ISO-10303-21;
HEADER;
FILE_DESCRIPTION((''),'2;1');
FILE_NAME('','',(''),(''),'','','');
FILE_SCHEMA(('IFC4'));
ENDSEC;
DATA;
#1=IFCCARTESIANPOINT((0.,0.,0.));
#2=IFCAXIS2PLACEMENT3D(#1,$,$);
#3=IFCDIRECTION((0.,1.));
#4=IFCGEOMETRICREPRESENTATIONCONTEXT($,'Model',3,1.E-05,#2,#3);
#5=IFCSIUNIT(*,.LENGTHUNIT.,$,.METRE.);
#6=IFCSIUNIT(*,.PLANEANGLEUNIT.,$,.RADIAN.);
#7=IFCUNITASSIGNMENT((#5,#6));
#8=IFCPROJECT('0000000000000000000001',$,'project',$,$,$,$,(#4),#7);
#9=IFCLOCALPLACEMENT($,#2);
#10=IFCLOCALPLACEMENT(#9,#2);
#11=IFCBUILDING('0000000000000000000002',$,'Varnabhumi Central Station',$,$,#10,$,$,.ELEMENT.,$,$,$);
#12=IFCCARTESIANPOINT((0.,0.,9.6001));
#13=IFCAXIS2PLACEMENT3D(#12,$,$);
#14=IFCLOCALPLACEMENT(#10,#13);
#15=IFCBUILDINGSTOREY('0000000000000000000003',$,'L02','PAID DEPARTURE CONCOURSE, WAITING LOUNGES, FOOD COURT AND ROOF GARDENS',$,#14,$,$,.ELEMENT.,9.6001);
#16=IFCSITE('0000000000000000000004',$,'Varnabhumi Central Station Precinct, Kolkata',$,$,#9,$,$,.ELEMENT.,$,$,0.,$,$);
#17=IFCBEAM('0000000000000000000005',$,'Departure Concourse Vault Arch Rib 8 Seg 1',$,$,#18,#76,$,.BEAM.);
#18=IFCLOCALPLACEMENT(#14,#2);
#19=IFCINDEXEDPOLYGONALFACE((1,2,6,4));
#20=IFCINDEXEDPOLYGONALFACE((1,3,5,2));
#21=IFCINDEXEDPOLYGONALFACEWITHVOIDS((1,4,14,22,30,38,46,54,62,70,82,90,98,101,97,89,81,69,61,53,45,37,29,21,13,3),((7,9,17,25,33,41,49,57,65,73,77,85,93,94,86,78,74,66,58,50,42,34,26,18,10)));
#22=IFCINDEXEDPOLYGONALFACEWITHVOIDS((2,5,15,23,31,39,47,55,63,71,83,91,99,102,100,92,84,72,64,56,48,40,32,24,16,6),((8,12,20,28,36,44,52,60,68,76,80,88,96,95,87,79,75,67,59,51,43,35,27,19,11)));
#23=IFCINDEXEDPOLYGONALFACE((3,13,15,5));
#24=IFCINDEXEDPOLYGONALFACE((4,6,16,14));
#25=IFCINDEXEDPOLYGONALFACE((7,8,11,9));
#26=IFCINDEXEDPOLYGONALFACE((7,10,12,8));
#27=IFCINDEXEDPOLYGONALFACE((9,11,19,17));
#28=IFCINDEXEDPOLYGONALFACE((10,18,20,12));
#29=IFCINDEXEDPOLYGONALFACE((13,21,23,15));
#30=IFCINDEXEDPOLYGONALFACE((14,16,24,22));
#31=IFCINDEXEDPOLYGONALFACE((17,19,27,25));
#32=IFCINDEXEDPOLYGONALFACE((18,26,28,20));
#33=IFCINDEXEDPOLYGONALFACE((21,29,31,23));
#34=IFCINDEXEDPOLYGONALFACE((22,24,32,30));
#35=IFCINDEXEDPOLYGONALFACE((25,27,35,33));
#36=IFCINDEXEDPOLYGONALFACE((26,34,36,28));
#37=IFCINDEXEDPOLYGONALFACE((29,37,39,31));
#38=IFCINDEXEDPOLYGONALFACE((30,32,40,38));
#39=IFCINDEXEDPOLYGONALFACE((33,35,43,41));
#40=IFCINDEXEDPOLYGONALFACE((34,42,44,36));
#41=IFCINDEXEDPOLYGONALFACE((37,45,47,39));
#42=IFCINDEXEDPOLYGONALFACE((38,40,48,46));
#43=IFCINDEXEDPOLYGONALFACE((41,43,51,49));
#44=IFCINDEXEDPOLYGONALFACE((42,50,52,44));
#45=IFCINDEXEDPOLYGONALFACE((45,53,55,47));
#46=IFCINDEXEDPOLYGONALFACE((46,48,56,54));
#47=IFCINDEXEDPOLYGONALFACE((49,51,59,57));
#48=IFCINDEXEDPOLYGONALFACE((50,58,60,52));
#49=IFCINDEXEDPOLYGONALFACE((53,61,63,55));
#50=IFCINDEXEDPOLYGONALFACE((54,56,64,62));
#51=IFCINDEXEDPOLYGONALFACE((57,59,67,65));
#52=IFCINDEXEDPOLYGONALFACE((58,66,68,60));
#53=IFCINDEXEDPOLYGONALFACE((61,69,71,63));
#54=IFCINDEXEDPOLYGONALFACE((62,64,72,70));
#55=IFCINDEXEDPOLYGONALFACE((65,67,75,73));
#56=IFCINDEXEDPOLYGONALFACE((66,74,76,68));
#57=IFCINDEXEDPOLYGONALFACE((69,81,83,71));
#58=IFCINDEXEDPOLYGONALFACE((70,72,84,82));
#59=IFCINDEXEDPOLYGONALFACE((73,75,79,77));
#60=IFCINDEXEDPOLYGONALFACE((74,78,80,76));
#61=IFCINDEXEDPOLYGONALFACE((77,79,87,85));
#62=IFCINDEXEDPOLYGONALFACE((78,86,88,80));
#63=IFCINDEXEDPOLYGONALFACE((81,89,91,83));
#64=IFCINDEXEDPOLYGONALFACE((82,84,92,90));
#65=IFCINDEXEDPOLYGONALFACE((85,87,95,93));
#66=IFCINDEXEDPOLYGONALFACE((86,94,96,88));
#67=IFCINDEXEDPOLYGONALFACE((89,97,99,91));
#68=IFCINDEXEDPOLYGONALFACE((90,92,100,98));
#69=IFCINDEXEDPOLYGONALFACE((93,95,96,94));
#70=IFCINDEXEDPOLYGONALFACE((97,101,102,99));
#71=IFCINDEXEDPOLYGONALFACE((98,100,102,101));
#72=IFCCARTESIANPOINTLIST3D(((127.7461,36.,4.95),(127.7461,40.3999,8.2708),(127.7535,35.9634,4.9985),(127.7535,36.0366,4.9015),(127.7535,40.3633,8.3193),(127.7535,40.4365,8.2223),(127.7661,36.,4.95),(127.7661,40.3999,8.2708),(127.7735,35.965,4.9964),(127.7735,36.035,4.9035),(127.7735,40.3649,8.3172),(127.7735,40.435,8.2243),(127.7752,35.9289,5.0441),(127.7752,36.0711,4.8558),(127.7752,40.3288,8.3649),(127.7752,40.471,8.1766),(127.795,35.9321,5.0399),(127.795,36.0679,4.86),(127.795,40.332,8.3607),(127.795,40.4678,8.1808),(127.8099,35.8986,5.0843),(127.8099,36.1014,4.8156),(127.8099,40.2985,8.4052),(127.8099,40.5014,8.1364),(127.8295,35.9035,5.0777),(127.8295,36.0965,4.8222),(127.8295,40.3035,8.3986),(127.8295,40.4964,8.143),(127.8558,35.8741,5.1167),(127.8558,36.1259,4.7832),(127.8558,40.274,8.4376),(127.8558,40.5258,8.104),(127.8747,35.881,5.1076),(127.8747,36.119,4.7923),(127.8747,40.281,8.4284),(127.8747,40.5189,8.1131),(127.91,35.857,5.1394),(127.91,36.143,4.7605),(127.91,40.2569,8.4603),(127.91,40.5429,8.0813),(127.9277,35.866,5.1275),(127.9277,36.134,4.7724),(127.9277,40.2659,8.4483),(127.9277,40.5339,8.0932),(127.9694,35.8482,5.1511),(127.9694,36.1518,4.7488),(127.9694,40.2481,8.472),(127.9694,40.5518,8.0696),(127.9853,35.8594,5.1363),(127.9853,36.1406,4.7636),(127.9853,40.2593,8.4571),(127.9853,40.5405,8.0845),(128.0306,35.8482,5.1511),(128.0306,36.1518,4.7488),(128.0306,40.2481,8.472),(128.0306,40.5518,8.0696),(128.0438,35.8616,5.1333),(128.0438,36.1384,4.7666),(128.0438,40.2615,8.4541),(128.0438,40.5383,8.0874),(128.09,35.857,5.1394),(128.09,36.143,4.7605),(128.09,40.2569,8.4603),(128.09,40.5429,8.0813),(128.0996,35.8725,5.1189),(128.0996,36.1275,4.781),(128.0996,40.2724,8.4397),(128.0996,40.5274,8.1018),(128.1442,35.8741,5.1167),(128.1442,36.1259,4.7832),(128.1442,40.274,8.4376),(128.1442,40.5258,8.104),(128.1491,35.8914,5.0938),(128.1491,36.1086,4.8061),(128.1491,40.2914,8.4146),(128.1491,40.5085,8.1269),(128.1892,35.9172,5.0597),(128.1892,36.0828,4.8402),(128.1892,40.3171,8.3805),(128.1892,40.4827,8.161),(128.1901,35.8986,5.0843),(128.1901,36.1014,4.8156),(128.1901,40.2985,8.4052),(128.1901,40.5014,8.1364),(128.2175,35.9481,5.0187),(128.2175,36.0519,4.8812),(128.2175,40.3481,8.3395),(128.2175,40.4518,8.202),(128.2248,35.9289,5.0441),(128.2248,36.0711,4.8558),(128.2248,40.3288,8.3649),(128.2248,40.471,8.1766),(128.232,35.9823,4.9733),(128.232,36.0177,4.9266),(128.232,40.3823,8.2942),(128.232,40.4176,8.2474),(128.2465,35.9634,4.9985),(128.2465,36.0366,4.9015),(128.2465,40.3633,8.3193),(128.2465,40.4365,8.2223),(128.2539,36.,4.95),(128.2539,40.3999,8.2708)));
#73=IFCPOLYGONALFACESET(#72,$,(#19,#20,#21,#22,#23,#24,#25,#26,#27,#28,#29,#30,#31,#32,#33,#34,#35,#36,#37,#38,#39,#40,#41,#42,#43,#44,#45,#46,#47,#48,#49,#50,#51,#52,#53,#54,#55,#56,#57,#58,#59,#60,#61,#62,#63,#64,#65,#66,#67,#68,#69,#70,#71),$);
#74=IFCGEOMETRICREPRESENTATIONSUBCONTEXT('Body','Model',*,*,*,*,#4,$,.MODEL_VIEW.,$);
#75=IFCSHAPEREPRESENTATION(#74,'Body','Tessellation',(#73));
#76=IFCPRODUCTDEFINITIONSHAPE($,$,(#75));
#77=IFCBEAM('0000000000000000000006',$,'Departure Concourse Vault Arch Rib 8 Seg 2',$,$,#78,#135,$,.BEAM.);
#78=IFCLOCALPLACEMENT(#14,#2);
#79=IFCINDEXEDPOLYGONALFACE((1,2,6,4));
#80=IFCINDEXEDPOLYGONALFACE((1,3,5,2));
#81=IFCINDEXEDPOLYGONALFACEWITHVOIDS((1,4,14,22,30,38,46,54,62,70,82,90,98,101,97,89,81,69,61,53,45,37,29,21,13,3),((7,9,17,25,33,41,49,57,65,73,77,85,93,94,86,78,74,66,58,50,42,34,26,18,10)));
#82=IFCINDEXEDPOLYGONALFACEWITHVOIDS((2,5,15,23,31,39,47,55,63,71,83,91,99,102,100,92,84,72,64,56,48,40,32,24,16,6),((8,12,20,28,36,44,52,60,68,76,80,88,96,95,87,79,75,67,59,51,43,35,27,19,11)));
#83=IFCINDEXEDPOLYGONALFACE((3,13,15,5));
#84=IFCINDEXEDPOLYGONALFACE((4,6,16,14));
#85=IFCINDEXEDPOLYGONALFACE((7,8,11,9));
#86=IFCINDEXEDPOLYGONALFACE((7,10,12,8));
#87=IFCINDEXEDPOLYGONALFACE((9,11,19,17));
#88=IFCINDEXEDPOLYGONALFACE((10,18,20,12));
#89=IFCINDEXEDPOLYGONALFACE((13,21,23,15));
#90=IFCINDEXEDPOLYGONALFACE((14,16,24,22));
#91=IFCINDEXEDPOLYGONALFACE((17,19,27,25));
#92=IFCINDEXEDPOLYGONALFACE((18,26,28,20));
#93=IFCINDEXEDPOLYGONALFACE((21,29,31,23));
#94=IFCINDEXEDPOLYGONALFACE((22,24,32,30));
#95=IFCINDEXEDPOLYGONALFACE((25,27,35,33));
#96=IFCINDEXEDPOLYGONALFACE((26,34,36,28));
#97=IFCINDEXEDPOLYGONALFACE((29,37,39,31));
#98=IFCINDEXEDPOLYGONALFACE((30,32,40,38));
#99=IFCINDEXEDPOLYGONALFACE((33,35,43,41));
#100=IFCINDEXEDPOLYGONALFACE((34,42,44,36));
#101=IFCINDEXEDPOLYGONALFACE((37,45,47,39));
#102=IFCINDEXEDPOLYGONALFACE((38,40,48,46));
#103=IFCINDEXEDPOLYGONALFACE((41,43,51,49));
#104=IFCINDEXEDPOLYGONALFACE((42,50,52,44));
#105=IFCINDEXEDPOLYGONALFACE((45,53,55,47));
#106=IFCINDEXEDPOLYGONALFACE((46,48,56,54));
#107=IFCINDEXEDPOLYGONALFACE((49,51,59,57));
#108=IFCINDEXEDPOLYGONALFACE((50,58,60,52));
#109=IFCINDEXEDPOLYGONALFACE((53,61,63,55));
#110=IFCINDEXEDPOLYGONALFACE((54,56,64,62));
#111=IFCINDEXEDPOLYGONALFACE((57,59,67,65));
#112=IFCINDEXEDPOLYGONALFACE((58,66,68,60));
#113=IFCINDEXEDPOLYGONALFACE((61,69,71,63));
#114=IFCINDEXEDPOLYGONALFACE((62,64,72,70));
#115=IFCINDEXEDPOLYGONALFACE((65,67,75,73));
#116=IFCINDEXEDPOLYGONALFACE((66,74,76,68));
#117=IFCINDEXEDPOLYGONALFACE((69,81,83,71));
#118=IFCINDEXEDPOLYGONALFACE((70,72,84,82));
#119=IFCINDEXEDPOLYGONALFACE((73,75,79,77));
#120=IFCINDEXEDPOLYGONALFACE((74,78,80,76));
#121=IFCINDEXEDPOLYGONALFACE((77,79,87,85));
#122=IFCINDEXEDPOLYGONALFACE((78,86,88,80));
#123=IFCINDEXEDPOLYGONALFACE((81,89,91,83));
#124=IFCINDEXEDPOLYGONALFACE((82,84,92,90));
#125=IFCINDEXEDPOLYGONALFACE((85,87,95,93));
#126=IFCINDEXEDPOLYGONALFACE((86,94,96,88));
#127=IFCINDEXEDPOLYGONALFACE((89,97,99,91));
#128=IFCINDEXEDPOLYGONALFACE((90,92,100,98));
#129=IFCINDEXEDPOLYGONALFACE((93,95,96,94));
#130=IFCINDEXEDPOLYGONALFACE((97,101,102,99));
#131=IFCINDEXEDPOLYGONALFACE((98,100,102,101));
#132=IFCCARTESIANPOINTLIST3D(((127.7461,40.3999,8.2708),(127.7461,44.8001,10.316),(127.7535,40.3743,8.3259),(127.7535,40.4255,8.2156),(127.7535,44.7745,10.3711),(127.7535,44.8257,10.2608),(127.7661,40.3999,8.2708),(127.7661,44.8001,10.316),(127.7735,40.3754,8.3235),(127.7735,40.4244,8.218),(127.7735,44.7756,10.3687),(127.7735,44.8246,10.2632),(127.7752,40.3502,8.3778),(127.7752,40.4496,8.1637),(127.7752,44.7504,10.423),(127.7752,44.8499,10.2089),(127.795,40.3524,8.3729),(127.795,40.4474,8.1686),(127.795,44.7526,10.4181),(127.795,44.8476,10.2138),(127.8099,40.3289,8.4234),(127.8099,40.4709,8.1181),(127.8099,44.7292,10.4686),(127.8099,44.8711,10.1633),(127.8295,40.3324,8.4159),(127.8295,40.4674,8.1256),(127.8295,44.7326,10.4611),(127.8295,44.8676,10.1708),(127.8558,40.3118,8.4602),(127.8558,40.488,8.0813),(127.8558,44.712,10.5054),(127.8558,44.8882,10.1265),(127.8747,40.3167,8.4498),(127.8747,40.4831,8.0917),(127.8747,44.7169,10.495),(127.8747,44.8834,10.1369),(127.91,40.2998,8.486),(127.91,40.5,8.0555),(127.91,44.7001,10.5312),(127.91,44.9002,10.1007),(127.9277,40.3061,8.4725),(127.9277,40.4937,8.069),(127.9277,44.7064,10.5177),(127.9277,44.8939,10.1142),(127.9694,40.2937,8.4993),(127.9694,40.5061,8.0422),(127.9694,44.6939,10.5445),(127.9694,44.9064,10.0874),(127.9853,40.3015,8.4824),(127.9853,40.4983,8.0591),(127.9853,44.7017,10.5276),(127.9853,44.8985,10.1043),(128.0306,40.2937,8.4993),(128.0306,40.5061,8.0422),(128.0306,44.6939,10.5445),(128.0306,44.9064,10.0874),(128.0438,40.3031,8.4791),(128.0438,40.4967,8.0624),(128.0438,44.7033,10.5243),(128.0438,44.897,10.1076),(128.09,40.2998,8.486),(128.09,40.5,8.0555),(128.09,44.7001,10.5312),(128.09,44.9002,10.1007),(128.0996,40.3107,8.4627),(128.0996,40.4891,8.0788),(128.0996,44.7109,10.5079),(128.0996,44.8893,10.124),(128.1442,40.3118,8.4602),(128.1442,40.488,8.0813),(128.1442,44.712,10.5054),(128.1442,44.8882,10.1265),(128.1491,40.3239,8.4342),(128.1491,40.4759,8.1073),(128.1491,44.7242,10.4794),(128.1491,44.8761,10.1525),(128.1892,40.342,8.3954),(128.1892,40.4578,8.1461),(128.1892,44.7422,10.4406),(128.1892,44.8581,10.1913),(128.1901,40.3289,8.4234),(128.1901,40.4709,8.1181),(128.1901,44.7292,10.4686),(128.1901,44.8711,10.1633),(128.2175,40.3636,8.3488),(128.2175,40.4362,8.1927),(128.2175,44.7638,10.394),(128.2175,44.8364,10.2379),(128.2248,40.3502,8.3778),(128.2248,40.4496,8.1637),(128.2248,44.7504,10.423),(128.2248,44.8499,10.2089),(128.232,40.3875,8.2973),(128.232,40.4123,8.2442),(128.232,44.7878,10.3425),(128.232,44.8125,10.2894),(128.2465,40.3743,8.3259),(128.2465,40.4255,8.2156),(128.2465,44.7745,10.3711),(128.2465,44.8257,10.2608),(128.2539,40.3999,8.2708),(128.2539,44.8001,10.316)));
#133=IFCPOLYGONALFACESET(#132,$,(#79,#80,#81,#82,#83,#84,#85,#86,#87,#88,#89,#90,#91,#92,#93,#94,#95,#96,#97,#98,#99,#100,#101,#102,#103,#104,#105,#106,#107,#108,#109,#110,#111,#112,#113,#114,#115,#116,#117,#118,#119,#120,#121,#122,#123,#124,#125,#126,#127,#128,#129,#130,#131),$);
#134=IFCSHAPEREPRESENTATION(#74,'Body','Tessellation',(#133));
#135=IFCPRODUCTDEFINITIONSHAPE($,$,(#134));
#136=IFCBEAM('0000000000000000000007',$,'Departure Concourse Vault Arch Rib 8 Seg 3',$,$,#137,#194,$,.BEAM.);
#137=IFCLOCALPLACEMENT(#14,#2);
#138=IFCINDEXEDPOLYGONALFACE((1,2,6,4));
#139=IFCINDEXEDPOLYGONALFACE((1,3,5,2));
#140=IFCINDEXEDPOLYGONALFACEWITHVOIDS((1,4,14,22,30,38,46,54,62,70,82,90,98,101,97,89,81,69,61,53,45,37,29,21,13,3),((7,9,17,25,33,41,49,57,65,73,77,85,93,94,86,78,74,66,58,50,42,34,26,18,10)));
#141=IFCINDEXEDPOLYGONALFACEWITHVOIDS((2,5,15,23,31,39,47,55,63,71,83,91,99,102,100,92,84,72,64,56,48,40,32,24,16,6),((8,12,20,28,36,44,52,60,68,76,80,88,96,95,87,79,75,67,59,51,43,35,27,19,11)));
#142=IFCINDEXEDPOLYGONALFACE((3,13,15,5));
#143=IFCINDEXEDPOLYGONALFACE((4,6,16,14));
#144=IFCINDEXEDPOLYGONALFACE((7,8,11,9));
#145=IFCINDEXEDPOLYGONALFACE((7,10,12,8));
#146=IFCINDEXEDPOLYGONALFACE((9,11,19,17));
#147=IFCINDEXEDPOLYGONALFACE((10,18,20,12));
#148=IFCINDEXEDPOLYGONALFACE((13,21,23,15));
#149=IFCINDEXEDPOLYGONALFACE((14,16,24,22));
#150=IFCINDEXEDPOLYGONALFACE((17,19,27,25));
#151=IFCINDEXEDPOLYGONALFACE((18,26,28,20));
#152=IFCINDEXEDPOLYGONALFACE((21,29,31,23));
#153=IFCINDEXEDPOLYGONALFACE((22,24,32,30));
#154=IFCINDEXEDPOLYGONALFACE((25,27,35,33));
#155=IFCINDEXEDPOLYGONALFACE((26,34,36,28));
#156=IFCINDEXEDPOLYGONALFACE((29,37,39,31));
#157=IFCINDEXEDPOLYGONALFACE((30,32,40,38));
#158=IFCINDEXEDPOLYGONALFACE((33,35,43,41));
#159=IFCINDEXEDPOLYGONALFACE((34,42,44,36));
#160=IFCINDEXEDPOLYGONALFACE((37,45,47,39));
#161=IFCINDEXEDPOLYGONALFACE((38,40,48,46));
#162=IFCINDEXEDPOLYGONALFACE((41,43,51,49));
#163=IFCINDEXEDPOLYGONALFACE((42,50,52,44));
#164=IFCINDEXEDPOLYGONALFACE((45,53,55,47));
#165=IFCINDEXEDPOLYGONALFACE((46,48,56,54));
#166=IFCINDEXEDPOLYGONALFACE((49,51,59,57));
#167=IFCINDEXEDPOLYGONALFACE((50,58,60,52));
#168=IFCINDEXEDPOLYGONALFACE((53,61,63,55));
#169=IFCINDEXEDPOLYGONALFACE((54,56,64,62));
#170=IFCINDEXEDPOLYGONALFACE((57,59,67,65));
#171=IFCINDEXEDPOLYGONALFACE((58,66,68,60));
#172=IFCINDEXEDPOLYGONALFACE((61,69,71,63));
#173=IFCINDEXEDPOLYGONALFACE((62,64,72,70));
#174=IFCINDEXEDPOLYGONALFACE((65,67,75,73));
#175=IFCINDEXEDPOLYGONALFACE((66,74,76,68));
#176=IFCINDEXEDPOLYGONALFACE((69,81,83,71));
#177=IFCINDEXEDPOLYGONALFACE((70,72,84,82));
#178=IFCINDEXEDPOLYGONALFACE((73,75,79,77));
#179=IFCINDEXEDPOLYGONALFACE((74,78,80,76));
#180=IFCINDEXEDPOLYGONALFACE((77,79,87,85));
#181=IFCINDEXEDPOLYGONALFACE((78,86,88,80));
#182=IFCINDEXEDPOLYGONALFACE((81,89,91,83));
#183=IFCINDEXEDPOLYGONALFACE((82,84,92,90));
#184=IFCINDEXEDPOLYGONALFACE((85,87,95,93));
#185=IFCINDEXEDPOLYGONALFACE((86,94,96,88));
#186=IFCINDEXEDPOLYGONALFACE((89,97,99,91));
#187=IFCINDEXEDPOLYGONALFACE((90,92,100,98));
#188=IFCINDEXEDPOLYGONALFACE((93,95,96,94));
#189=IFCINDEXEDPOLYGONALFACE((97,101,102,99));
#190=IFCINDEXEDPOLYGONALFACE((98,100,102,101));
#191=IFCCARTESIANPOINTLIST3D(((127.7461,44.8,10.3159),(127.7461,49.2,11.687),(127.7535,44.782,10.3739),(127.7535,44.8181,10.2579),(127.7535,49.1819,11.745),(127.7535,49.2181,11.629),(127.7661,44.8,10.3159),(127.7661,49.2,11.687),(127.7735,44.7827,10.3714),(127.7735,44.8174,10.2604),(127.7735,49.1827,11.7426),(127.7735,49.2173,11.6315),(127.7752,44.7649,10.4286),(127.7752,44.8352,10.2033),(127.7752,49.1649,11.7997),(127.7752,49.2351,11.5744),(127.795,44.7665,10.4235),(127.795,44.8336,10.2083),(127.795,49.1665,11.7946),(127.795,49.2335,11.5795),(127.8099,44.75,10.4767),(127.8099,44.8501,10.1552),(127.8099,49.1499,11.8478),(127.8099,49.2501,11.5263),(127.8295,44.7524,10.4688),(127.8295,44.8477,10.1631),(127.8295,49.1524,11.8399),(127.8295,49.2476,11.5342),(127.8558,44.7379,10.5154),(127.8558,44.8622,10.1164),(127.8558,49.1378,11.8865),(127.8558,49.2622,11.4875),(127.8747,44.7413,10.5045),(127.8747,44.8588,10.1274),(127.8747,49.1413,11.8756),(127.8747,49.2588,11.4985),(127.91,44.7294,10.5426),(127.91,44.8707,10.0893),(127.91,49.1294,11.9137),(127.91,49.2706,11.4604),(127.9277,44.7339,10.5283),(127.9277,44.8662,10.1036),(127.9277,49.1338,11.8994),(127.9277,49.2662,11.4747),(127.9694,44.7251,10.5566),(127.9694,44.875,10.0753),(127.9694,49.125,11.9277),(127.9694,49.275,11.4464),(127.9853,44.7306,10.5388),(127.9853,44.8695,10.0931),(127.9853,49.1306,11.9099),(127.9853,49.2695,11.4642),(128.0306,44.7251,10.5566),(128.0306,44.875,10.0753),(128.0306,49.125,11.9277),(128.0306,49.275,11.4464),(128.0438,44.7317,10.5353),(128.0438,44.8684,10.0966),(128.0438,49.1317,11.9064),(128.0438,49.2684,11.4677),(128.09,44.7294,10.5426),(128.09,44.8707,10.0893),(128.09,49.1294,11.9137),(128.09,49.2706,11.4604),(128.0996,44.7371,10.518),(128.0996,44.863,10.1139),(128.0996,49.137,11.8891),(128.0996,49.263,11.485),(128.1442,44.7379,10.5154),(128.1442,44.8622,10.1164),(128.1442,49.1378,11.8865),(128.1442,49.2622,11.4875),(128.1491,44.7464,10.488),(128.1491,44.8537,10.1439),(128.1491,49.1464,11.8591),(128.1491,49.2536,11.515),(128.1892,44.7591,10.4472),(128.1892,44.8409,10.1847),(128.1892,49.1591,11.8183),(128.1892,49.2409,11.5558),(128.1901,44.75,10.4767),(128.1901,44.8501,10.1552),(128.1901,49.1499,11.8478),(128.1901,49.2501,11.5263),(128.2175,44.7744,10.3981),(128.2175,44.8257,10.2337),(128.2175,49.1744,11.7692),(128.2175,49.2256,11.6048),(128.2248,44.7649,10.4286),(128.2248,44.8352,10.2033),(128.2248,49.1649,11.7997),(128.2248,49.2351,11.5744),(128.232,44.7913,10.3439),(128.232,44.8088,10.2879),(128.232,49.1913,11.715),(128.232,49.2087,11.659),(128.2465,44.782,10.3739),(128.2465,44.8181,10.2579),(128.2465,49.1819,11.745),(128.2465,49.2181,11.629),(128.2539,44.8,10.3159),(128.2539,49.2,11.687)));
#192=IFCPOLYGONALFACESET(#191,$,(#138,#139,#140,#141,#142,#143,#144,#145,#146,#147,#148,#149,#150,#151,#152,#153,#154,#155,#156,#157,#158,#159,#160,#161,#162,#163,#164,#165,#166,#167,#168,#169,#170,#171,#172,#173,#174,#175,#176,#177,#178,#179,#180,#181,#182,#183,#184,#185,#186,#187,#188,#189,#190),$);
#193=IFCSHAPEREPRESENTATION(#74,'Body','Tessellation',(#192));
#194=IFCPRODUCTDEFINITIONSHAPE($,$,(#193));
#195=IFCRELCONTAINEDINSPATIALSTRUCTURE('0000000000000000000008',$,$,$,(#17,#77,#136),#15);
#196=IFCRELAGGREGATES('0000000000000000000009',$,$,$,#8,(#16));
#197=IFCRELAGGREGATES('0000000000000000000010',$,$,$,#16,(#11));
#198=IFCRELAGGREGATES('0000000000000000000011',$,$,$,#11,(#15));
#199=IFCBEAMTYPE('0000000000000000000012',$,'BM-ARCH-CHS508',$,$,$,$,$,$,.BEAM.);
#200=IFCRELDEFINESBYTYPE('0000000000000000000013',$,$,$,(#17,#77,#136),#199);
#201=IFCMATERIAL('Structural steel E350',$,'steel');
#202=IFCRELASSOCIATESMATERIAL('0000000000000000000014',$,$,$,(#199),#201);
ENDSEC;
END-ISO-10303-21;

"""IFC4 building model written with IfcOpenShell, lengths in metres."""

from ifc_helpers import new_model, si_unit, direction, frame, origin, origin_2d, place, context, subcontext, project, spatial, hollow_circle, extrude, material, material_profile, profile_set, type_object, element, save


model = new_model("IFC4")

# Units and contexts
model_context = context("Model", 3, precision=1e-05, world=origin(), true_north=direction((0.0, 1.0)))
body_context = subcontext(model_context, "Body", "Model", "MODEL_VIEW")
ifc_project = project(units=[si_unit("LENGTHUNIT", "METRE"), si_unit("PLANEANGLEUNIT", "RADIAN")], contexts=[model_context])

# Site, building, storey
site_placement = place(None, origin())
site = spatial("IfcSite", under=ifc_project, at=site_placement, Name="Varnabhumi Central Station Precinct, Kolkata", CompositionType="ELEMENT", RefElevation=0.0)
building_placement = place(site_placement, origin())
building = spatial("IfcBuilding", under=site, at=building_placement, Name="Varnabhumi Central Station", CompositionType="ELEMENT")
storey_placement = place(building_placement, frame((0.0, 0.0, 9.6001)))
storey = spatial("IfcBuildingStorey", under=building, at=storey_placement, Name="L02", Description="PAID DEPARTURE CONCOURSE, WAITING LOUNGES, FOOD COURT AND ROOF GARDENS", CompositionType="ELEMENT", Elevation=9.6001)

# Beams
ifc_material_1 = material(Name="Structural steel E350", Category="steel")
ifc_material_profile_1 = material_profile(ifc_material_1, hollow_circle(Radius=0.2539, WallThickness=0.02, at=origin_2d()), Name="Structural steel E350", Category="steel")
ifc_profile_set_1 = profile_set([ifc_material_profile_1], Name="Structural steel E350")
beam_type_1 = type_object("IfcBeamType", Name="BM-ARCH-CHS508", PredefinedType="BEAM", material=ifc_profile_set_1)
beam_1_placement = place(storey_placement, frame((128.0, 36.0, 4.95), z_axis=(0.0, 0.798179, 0.602421), x_axis=(-1.0, 0.0, 0.0)))
element("IfcBeam", 1, at=beam_1_placement, inside=storey, type_object=beam_type_1, Name="Departure Concourse Vault Arch Rib 8 Seg 1", PredefinedType="BEAM", context=body_context, shape_type="SweptSolid", body=[
    extrude(hollow_circle(Radius=0.2539, WallThickness=0.02, at=origin_2d()), origin(), (0.0, 0.0, 1.0), 5.5125),
])
beam_2_placement = place(storey_placement, frame((128.0, 40.3999, 8.2708), z_axis=(0.0, 0.906832, 0.421491), x_axis=(-1.0, 0.0, 0.0)))
element("IfcBeam", 2, at=beam_2_placement, inside=storey, type_object=beam_type_1, Name="Departure Concourse Vault Arch Rib 8 Seg 2", PredefinedType="BEAM", context=body_context, shape_type="SweptSolid", body=[
    extrude(hollow_circle(Radius=0.2539, WallThickness=0.02, at=origin_2d()), origin(), (0.0, 0.0, 1.0), 4.8523),
])
beam_3_placement = place(storey_placement, frame((128.0, 44.8, 10.3159), z_axis=(0.0, 0.954719, 0.297509), x_axis=(-1.0, 0.0, 0.0)))
element("IfcBeam", 3, at=beam_3_placement, inside=storey, type_object=beam_type_1, Name="Departure Concourse Vault Arch Rib 8 Seg 3", PredefinedType="BEAM", context=body_context, shape_type="SweptSolid", body=[
    extrude(hollow_circle(Radius=0.2539, WallThickness=0.02, at=origin_2d()), origin(), (0.0, 0.0, 1.0), 4.6086),
])

save(model, "model.ifc")
